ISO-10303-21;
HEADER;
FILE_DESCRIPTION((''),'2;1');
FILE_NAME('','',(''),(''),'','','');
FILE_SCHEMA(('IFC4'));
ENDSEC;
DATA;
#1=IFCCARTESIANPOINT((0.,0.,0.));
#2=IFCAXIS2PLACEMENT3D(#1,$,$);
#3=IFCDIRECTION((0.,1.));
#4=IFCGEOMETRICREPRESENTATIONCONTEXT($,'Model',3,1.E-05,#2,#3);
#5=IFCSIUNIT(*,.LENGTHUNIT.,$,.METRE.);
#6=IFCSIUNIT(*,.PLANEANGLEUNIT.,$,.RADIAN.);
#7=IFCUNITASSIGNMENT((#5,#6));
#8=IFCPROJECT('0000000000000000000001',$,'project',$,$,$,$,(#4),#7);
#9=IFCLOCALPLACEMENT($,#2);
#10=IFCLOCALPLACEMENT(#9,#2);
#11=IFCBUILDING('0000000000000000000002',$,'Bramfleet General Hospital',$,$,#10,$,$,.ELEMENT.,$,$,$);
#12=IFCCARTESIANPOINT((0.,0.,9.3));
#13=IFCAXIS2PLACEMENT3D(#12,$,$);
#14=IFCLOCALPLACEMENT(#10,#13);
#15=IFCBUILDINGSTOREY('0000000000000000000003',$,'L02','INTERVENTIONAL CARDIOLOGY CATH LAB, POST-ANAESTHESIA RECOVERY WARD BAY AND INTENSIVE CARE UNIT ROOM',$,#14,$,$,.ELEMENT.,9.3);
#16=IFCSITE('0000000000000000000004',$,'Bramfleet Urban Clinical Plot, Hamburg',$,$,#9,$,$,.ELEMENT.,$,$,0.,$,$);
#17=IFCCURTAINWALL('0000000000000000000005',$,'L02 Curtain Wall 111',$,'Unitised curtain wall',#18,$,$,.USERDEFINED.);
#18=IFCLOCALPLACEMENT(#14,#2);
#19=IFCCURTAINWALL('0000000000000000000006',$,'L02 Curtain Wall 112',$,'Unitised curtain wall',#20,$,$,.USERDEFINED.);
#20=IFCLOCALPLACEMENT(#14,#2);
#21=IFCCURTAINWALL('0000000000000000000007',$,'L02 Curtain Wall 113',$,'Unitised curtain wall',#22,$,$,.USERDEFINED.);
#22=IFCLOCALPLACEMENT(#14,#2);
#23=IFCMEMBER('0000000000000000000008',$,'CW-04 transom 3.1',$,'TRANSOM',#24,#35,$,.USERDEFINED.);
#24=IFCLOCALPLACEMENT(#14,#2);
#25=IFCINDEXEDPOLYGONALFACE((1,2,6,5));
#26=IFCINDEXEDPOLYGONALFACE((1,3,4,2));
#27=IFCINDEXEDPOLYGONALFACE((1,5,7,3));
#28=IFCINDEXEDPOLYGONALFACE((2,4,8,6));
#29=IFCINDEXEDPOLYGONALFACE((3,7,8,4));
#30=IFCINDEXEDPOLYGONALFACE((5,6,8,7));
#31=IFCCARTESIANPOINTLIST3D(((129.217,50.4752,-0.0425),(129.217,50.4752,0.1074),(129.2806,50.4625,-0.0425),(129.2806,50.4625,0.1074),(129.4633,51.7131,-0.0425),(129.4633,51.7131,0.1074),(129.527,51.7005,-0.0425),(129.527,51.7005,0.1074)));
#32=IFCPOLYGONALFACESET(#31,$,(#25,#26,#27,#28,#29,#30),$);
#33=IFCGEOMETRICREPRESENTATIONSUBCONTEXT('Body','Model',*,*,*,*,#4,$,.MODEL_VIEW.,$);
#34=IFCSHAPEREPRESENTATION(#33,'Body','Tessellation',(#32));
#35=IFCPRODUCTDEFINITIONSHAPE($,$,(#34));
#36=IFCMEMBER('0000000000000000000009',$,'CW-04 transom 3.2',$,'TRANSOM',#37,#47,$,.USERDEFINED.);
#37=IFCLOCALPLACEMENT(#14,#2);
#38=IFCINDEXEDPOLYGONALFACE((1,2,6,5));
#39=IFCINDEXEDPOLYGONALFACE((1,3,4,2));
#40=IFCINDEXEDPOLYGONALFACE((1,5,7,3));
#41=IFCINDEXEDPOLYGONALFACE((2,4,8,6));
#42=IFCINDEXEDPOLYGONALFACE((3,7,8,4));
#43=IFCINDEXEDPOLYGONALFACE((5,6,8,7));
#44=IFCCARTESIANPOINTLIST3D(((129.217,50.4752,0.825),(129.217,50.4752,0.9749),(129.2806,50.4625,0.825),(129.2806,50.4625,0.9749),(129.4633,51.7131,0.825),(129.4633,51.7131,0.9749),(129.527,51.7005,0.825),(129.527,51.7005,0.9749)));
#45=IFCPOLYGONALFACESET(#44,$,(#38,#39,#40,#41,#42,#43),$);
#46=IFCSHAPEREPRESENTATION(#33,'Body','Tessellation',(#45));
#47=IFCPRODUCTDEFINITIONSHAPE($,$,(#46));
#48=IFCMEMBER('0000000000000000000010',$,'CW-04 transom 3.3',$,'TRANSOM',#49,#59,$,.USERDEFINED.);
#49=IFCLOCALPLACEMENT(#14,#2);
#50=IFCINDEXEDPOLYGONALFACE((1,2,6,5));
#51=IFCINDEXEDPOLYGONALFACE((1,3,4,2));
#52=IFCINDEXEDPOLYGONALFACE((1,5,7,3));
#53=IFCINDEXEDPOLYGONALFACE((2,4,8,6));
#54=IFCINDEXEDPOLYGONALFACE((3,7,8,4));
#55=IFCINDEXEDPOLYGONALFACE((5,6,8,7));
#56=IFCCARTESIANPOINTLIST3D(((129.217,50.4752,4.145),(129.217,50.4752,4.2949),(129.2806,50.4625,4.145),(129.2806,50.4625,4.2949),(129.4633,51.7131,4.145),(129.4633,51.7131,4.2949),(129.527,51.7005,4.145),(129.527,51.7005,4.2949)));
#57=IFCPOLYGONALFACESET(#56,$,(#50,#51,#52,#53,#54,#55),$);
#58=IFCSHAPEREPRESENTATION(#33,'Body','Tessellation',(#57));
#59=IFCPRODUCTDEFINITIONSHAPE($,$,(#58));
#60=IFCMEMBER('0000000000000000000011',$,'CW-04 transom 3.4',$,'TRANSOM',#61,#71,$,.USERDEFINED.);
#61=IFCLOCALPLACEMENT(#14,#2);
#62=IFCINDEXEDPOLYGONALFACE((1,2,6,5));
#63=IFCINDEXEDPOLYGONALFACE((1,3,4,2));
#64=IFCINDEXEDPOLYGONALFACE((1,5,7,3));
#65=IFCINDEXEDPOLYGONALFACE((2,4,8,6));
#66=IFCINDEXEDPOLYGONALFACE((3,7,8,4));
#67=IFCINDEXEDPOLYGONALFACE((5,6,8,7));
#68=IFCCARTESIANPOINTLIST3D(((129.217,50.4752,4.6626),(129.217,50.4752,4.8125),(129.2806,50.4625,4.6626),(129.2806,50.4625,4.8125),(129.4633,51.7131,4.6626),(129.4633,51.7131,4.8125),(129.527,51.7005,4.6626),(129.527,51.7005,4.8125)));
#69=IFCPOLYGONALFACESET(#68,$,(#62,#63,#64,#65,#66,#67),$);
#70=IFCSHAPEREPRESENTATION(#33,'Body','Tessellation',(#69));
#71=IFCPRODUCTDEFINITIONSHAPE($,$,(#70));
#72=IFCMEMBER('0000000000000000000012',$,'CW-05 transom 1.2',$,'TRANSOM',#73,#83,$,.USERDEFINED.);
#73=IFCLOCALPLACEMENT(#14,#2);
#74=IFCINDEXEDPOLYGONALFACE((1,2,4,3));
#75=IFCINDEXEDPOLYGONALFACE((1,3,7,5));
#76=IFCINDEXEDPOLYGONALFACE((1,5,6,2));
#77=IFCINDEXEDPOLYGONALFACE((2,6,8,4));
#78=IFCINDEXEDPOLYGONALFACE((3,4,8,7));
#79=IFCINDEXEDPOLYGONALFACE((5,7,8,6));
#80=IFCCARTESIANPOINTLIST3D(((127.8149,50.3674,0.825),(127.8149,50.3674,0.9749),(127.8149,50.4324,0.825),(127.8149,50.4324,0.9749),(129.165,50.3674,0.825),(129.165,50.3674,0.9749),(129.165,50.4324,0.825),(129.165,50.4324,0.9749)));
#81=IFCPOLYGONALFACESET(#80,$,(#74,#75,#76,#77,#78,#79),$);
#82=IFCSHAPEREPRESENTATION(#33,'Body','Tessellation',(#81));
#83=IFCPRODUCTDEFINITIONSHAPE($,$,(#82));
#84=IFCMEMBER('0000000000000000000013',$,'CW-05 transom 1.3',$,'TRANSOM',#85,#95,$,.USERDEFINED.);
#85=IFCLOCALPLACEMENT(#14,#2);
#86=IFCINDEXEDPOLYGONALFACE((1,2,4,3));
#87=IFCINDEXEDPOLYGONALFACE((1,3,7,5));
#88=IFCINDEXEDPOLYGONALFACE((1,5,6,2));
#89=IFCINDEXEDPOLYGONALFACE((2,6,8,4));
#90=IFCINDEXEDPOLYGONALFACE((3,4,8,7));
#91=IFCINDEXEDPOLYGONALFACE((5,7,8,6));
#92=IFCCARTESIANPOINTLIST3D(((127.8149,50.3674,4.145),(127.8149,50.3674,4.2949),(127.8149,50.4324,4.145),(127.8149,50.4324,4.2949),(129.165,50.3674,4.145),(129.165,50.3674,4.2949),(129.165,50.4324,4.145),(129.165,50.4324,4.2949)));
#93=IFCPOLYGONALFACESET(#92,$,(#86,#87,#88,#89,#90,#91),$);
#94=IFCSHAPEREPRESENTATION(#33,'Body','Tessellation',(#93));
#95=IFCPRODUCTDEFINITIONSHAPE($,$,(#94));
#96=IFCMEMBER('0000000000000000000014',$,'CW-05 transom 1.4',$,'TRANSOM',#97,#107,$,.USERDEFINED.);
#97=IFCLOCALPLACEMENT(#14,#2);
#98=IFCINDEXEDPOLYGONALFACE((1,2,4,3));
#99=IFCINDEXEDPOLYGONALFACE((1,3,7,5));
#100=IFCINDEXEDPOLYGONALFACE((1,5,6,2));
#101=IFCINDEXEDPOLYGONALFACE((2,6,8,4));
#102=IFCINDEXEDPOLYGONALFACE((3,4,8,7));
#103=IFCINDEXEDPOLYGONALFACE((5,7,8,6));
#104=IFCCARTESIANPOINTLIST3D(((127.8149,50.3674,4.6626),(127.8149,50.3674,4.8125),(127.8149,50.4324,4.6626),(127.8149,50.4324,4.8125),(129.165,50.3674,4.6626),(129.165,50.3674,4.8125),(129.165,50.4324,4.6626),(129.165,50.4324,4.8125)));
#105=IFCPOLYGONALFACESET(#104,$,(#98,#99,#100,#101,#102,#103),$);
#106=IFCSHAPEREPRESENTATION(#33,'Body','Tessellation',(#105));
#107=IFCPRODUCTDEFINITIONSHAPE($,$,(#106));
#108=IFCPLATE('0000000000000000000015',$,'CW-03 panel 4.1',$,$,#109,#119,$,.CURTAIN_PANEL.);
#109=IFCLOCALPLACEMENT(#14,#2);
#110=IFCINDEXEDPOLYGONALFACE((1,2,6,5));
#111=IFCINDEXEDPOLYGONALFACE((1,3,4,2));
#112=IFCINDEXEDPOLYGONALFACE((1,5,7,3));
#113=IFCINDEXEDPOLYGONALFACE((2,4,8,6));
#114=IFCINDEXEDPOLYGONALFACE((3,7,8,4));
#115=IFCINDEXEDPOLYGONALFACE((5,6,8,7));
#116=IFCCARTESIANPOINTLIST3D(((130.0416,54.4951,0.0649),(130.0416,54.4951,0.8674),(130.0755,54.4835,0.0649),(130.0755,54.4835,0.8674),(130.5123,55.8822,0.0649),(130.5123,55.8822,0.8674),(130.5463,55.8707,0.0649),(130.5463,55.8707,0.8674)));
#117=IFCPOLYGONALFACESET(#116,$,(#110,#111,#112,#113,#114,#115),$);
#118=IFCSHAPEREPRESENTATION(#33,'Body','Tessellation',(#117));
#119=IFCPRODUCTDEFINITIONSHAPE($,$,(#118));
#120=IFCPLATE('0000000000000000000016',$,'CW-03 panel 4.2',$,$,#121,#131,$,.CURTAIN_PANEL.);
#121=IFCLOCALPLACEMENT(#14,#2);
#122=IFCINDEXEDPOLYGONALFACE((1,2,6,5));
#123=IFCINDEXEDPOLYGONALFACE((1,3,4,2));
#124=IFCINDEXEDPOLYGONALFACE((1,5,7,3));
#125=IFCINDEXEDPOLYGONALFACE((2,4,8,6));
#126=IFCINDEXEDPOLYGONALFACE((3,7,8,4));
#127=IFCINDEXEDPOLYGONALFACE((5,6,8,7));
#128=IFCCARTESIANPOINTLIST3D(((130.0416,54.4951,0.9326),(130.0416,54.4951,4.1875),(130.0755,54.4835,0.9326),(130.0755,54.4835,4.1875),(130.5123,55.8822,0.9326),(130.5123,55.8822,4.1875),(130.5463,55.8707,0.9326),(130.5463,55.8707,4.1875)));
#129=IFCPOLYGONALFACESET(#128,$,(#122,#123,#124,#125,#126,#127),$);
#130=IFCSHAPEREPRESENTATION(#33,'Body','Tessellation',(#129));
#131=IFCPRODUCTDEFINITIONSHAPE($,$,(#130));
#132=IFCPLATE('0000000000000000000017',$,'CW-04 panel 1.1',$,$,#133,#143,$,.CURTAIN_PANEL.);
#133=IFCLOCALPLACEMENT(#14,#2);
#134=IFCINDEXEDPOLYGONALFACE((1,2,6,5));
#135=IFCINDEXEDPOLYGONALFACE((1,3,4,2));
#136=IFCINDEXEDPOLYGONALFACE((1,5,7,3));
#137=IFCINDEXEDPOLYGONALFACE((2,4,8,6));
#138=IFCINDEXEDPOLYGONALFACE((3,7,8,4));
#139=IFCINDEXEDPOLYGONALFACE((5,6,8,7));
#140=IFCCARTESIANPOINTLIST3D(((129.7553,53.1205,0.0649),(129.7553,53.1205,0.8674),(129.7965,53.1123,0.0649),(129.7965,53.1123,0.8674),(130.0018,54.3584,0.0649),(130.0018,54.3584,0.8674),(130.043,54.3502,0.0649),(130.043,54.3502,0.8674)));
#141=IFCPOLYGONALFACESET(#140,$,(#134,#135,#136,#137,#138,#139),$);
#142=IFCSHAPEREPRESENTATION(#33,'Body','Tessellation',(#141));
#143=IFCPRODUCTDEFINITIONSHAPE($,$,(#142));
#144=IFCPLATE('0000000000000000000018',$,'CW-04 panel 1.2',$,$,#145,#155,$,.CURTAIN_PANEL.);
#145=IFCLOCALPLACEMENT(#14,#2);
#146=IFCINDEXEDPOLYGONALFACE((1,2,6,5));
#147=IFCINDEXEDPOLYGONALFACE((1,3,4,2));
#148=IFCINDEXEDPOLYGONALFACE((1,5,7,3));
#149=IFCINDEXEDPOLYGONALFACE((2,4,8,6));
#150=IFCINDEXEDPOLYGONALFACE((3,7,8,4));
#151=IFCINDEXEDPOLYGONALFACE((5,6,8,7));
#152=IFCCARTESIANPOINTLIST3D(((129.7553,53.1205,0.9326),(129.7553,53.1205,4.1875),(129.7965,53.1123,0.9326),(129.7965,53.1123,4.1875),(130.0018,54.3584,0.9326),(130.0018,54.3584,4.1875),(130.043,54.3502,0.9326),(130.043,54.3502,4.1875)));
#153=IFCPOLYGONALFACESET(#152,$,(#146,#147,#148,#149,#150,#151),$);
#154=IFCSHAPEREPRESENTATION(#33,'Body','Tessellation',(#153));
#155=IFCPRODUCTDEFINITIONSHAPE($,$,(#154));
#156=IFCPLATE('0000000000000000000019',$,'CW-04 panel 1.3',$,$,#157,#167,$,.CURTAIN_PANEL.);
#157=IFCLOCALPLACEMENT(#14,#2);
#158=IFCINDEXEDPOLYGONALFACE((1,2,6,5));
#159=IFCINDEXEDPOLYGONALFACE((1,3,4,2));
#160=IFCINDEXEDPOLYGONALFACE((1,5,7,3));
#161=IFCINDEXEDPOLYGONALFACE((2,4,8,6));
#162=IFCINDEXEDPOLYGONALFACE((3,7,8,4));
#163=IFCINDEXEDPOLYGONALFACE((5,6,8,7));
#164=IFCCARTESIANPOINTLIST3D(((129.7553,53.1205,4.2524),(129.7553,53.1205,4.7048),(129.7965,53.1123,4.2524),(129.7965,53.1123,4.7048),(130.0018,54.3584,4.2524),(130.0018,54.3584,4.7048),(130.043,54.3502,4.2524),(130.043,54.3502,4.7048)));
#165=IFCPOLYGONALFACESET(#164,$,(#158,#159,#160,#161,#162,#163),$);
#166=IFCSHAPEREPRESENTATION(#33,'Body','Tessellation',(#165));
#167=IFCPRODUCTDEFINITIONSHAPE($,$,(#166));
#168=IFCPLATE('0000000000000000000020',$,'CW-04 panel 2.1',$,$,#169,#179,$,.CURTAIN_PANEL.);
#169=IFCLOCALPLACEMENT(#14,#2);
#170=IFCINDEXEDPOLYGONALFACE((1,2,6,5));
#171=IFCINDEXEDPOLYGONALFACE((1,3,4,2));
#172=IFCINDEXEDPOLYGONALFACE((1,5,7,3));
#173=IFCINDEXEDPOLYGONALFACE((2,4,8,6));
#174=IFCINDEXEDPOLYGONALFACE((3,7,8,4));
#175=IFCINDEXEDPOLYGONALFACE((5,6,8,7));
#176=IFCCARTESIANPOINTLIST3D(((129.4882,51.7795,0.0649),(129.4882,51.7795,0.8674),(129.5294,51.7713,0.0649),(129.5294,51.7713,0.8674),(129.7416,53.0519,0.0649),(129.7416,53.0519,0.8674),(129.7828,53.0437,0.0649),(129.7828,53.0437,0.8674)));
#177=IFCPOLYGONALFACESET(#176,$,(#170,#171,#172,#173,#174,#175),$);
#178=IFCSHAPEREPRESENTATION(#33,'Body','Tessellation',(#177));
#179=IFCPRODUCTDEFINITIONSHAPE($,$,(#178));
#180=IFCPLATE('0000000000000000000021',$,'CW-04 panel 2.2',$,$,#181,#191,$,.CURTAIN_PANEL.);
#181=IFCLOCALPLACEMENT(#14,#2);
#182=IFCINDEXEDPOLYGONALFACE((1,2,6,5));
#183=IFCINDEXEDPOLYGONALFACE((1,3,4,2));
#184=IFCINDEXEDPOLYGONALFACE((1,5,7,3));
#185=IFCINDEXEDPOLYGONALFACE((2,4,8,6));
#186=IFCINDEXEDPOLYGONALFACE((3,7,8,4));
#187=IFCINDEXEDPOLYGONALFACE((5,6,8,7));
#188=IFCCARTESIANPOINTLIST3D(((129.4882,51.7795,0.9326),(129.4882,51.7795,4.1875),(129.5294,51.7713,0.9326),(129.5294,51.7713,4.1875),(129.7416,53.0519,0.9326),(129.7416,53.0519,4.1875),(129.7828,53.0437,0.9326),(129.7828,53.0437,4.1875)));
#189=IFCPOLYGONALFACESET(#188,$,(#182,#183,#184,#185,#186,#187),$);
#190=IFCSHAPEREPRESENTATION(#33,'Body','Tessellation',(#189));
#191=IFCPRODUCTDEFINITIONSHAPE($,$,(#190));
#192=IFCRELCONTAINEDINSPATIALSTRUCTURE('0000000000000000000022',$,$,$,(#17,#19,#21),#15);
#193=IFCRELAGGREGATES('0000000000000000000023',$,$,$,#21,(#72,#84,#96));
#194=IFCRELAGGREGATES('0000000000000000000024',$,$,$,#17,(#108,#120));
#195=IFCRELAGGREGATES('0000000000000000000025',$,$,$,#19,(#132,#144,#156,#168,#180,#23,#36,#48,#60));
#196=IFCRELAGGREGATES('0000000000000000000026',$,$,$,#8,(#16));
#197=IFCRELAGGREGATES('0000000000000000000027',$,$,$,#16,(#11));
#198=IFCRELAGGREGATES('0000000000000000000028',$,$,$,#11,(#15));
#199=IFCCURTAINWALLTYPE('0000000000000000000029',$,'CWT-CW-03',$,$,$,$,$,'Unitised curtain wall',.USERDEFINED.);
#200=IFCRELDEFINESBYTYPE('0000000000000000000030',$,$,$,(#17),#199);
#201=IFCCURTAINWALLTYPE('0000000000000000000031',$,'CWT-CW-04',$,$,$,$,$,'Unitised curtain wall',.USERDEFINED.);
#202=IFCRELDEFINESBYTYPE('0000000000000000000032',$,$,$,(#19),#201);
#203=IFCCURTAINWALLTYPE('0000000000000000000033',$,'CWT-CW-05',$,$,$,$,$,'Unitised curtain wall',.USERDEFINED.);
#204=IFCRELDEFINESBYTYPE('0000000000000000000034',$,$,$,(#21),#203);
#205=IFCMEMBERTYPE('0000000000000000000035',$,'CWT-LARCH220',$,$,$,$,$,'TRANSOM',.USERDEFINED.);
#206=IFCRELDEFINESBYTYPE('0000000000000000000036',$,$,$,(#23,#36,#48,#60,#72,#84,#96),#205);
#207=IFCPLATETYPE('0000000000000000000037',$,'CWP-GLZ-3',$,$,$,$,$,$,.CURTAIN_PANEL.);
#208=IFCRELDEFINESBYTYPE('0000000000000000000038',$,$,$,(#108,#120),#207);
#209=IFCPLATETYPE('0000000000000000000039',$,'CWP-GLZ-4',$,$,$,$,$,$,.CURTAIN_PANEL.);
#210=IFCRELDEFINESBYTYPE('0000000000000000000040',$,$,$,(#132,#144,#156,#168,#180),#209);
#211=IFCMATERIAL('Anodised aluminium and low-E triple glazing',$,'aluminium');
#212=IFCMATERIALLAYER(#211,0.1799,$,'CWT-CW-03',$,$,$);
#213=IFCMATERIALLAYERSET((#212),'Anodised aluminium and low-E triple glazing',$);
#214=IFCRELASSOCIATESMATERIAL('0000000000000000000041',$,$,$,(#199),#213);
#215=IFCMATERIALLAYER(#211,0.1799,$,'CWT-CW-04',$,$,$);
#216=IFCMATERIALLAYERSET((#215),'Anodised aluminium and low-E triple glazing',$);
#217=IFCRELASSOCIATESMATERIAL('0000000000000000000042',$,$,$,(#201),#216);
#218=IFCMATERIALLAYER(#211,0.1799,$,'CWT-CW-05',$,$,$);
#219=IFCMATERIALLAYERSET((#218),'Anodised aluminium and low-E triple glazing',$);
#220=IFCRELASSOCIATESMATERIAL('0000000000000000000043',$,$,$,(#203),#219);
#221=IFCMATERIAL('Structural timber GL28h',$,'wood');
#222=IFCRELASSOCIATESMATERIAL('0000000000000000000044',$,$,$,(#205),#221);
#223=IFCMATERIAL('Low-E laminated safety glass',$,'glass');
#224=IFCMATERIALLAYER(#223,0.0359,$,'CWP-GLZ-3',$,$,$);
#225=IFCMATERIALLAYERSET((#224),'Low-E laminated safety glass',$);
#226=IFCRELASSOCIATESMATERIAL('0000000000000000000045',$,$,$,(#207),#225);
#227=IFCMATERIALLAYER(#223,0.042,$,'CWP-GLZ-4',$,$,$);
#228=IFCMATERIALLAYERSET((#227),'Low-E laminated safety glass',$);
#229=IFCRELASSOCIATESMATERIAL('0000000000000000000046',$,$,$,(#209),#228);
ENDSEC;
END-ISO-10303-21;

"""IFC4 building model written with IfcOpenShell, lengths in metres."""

from ifc_helpers import new_model, si_unit, direction, frame, origin, origin_2d, place, context, subcontext, project, spatial, rectangle, extrude, material, layer, layer_set, material_profile, profile_set, type_object, element, aggregate, save


model = new_model("IFC4")

# Units and contexts
model_context = context("Model", 3, precision=1e-05, world=origin(), true_north=direction((0.0, 1.0)))
body_context = subcontext(model_context, "Body", "Model", "MODEL_VIEW")
ifc_project = project(units=[si_unit("LENGTHUNIT", "METRE"), si_unit("PLANEANGLEUNIT", "RADIAN")], contexts=[model_context])

# Site, building, storey
site_placement = place(None, origin())
site = spatial("IfcSite", under=ifc_project, at=site_placement, Name="Bramfleet Urban Clinical Plot, Hamburg", CompositionType="ELEMENT", RefElevation=0.0)
building_placement = place(site_placement, origin())
building = spatial("IfcBuilding", under=site, at=building_placement, Name="Bramfleet General Hospital", CompositionType="ELEMENT")
storey_placement = place(building_placement, frame((0.0, 0.0, 9.3)))
storey = spatial("IfcBuildingStorey", under=building, at=storey_placement, Name="L02", Description="INTERVENTIONAL CARDIOLOGY CATH LAB, POST-ANAESTHESIA RECOVERY WARD BAY AND INTENSIVE CARE UNIT ROOM", CompositionType="ELEMENT", Elevation=9.3)

# Curtain wall
ifc_material_1 = material(Name="Anodised aluminium and low-E triple glazing", Category="aluminium")
ifc_layer_1 = layer(ifc_material_1, 0.1799, Name="CWT-CW-03")
ifc_layer_set_1 = layer_set([ifc_layer_1], Name="Anodised aluminium and low-E triple glazing")
curtain_wall_type_1 = type_object("IfcCurtainWallType", Name="CWT-CW-03", ElementType="Unitised curtain wall", PredefinedType="USERDEFINED", material=ifc_layer_set_1)
curtain_wall_1_placement = place(storey_placement, origin())
curtain_wall_1 = element("IfcCurtainWall", 1, at=curtain_wall_1_placement, inside=storey, type_object=curtain_wall_type_1, Name="L02 Curtain Wall 111", ObjectType="Unitised curtain wall", PredefinedType="USERDEFINED")
ifc_material_2 = material(Name="Structural timber GL28h", Category="wood")

# Curtain wall
ifc_layer_2 = layer(ifc_material_1, 0.1799, Name="CWT-CW-04")
ifc_layer_set_2 = layer_set([ifc_layer_2], Name="Anodised aluminium and low-E triple glazing")
curtain_wall_type_2 = type_object("IfcCurtainWallType", Name="CWT-CW-04", ElementType="Unitised curtain wall", PredefinedType="USERDEFINED", material=ifc_layer_set_2)
curtain_wall_2_placement = place(storey_placement, origin())
curtain_wall_2 = element("IfcCurtainWall", 2, at=curtain_wall_2_placement, inside=storey, type_object=curtain_wall_type_2, Name="L02 Curtain Wall 112", ObjectType="Unitised curtain wall", PredefinedType="USERDEFINED")

# Curtain wall
ifc_layer_3 = layer(ifc_material_1, 0.1799, Name="CWT-CW-05")
ifc_layer_set_3 = layer_set([ifc_layer_3], Name="Anodised aluminium and low-E triple glazing")
curtain_wall_type_3 = type_object("IfcCurtainWallType", Name="CWT-CW-05", ElementType="Unitised curtain wall", PredefinedType="USERDEFINED", material=ifc_layer_set_3)
curtain_wall_3_placement = place(storey_placement, origin())
curtain_wall_3 = element("IfcCurtainWall", 3, at=curtain_wall_3_placement, inside=storey, type_object=curtain_wall_type_3, Name="L02 Curtain Wall 113", ObjectType="Unitised curtain wall", PredefinedType="USERDEFINED")

# Members
ifc_material_profile_1 = material_profile(ifc_material_2, rectangle(XDim=0.0649, YDim=0.1499, at=origin_2d()), Name="LARCH 150x65")
ifc_profile_set_1 = profile_set([ifc_material_profile_1], Name="Structural timber GL28h")
member_type_1 = type_object("IfcMemberType", Name="CWT-LARCH220", ElementType="TRANSOM", PredefinedType="USERDEFINED", material=ifc_profile_set_1)
member_1_placement = place(storey_placement, frame((129.4951, 51.7068, 0.0325), z_axis=(-0.195149, -0.980774, 0.0), x_axis=(0.980774, -0.195149, 0.0)))
member_1 = element("IfcMember", 4, at=member_1_placement, type_object=member_type_1, Name="CW-04 transom 3.1", ObjectType="TRANSOM", PredefinedType="USERDEFINED", context=body_context, shape_type="SweptSolid", body=[
    extrude(rectangle(XDim=0.0649, YDim=0.1499, at=origin_2d()), origin(), (0.0, 0.0, 1.0), 1.2622),
])
member_2_placement = place(storey_placement, frame((129.4951, 51.7068, 0.8999), z_axis=(-0.195149, -0.980774, 0.0), x_axis=(0.980774, -0.195149, 0.0)))
member_2 = element("IfcMember", 5, at=member_2_placement, type_object=member_type_1, Name="CW-04 transom 3.2", ObjectType="TRANSOM", PredefinedType="USERDEFINED", context=body_context, shape_type="SweptSolid", body=[
    extrude(rectangle(XDim=0.0649, YDim=0.1499, at=origin_2d()), origin(), (0.0, 0.0, 1.0), 1.2622),
])
member_3_placement = place(storey_placement, frame((129.4951, 51.7068, 4.22), z_axis=(-0.195149, -0.980774, 0.0), x_axis=(0.980774, -0.195149, 0.0)))
member_3 = element("IfcMember", 6, at=member_3_placement, type_object=member_type_1, Name="CW-04 transom 3.3", ObjectType="TRANSOM", PredefinedType="USERDEFINED", context=body_context, shape_type="SweptSolid", body=[
    extrude(rectangle(XDim=0.0649, YDim=0.1499, at=origin_2d()), origin(), (0.0, 0.0, 1.0), 1.2622),
])
member_4_placement = place(storey_placement, frame((129.4951, 51.7068, 4.7375), z_axis=(-0.195149, -0.980774, 0.0), x_axis=(0.980774, -0.195149, 0.0)))
member_4 = element("IfcMember", 7, at=member_4_placement, type_object=member_type_1, Name="CW-04 transom 3.4", ObjectType="TRANSOM", PredefinedType="USERDEFINED", context=body_context, shape_type="SweptSolid", body=[
    extrude(rectangle(XDim=0.0649, YDim=0.1499, at=origin_2d()), origin(), (0.0, 0.0, 1.0), 1.2622),
])
member_5_placement = place(storey_placement, frame((129.165, 50.3999, 0.8999), z_axis=(-1.0, 0.0, 0.0), x_axis=(0.0, -1.0, 0.0)))
member_5 = element("IfcMember", 8, at=member_5_placement, type_object=member_type_1, Name="CW-05 transom 1.2", ObjectType="TRANSOM", PredefinedType="USERDEFINED", context=body_context, shape_type="SweptSolid", body=[
    extrude(rectangle(XDim=0.0649, YDim=0.1499, at=origin_2d()), origin(), (0.0, 0.0, 1.0), 1.3501),
])
member_6_placement = place(storey_placement, frame((129.165, 50.3999, 4.22), z_axis=(-1.0, 0.0, 0.0), x_axis=(0.0, -1.0, 0.0)))
member_6 = element("IfcMember", 9, at=member_6_placement, type_object=member_type_1, Name="CW-05 transom 1.3", ObjectType="TRANSOM", PredefinedType="USERDEFINED", context=body_context, shape_type="SweptSolid", body=[
    extrude(rectangle(XDim=0.0649, YDim=0.1499, at=origin_2d()), origin(), (0.0, 0.0, 1.0), 1.3501),
])
member_7_placement = place(storey_placement, frame((129.165, 50.3999, 4.7375), z_axis=(-1.0, 0.0, 0.0), x_axis=(0.0, -1.0, 0.0)))
member_7 = element("IfcMember", 10, at=member_7_placement, type_object=member_type_1, Name="CW-05 transom 1.4", ObjectType="TRANSOM", PredefinedType="USERDEFINED", context=body_context, shape_type="SweptSolid", body=[
    extrude(rectangle(XDim=0.0649, YDim=0.1499, at=origin_2d()), origin(), (0.0, 0.0, 1.0), 1.3501),
])
aggregate(curtain_wall_3, [member_5, member_6, member_7])

# Plates
ifc_material_3 = material(Name="Low-E laminated safety glass", Category="glass")
ifc_layer_4 = layer(ifc_material_3, 0.0359, Name="CWP-GLZ-3")
ifc_layer_set_4 = layer_set([ifc_layer_4], Name="Low-E laminated safety glass")
plate_type_1 = type_object("IfcPlateType", Name="CWP-GLZ-3", PredefinedType="CURTAIN_PANEL", material=ifc_layer_set_4)
plate_1_placement = place(storey_placement, frame((130.2939, 55.1829, 0.0649), z_axis=(0.0, 0.0, 1.0), x_axis=(-0.321383, -0.946949, 0.0)))
plate_1 = element("IfcPlate", 11, at=plate_1_placement, type_object=plate_type_1, Name="CW-03 panel 4.1", PredefinedType="CURTAIN_PANEL", context=body_context, shape_type="SweptSolid", body=[
    extrude(rectangle(XDim=1.4648, YDim=0.0359, at=origin_2d()), origin(), (0.0, 0.0, 1.0), 0.8025),
])
plate_2_placement = place(storey_placement, frame((130.2939, 55.1829, 0.9326), z_axis=(0.0, 0.0, 1.0), x_axis=(-0.321383, -0.946949, 0.0)))
plate_2 = element("IfcPlate", 12, at=plate_2_placement, type_object=plate_type_1, Name="CW-03 panel 4.2", PredefinedType="CURTAIN_PANEL", context=body_context, shape_type="SweptSolid", body=[
    extrude(rectangle(XDim=1.4648, YDim=0.0359, at=origin_2d()), origin(), (0.0, 0.0, 1.0), 3.2549),
])
aggregate(curtain_wall_1, [plate_1, plate_2])
ifc_layer_5 = layer(ifc_material_3, 0.042, Name="CWP-GLZ-4")
ifc_layer_set_5 = layer_set([ifc_layer_5], Name="Low-E laminated safety glass")
plate_type_2 = type_object("IfcPlateType", Name="CWP-GLZ-4", PredefinedType="CURTAIN_PANEL", material=ifc_layer_set_5)
plate_3_placement = place(storey_placement, frame((129.8992, 53.7354, 0.0649), z_axis=(0.0, 0.0, 1.0), x_axis=(-0.195272, -0.980749, 0.0)))
plate_3 = element("IfcPlate", 13, at=plate_3_placement, type_object=plate_type_2, Name="CW-04 panel 1.1", PredefinedType="CURTAIN_PANEL", context=body_context, shape_type="SweptSolid", body=[
    extrude(rectangle(XDim=1.2622, YDim=0.042, at=origin_2d()), origin(), (0.0, 0.0, 1.0), 0.8025),
])
plate_4_placement = place(storey_placement, frame((129.8992, 53.7354, 0.9326), z_axis=(0.0, 0.0, 1.0), x_axis=(-0.195272, -0.980749, 0.0)))
plate_4 = element("IfcPlate", 14, at=plate_4_placement, type_object=plate_type_2, Name="CW-04 panel 1.2", PredefinedType="CURTAIN_PANEL", context=body_context, shape_type="SweptSolid", body=[
    extrude(rectangle(XDim=1.2622, YDim=0.042, at=origin_2d()), origin(), (0.0, 0.0, 1.0), 3.2549),
])
plate_5_placement = place(storey_placement, frame((129.8992, 53.7354, 4.2524), z_axis=(0.0, 0.0, 1.0), x_axis=(-0.195272, -0.980749, 0.0)))
plate_5 = element("IfcPlate", 15, at=plate_5_placement, type_object=plate_type_2, Name="CW-04 panel 1.3", PredefinedType="CURTAIN_PANEL", context=body_context, shape_type="SweptSolid", body=[
    extrude(rectangle(XDim=1.2622, YDim=0.042, at=origin_2d()), origin(), (0.0, 0.0, 1.0), 0.4524),
])
plate_6_placement = place(storey_placement, frame((129.6355, 52.4116, 0.0649), z_axis=(0.0, 0.0, 1.0), x_axis=(-0.195272, -0.980749, 0.0)))
plate_6 = element("IfcPlate", 16, at=plate_6_placement, type_object=plate_type_2, Name="CW-04 panel 2.1", PredefinedType="CURTAIN_PANEL", context=body_context, shape_type="SweptSolid", body=[
    extrude(rectangle(XDim=1.2974, YDim=0.042, at=origin_2d()), origin(), (0.0, 0.0, 1.0), 0.8025),
])
plate_7_placement = place(storey_placement, frame((129.6355, 52.4116, 0.9326), z_axis=(0.0, 0.0, 1.0), x_axis=(-0.195272, -0.980749, 0.0)))
plate_7 = element("IfcPlate", 17, at=plate_7_placement, type_object=plate_type_2, Name="CW-04 panel 2.2", PredefinedType="CURTAIN_PANEL", context=body_context, shape_type="SweptSolid", body=[
    extrude(rectangle(XDim=1.2974, YDim=0.042, at=origin_2d()), origin(), (0.0, 0.0, 1.0), 3.2549),
])
aggregate(curtain_wall_2, [plate_3, plate_4, plate_5, plate_6, plate_7, member_1, member_2, member_3, member_4])

save(model, "model.ifc")
